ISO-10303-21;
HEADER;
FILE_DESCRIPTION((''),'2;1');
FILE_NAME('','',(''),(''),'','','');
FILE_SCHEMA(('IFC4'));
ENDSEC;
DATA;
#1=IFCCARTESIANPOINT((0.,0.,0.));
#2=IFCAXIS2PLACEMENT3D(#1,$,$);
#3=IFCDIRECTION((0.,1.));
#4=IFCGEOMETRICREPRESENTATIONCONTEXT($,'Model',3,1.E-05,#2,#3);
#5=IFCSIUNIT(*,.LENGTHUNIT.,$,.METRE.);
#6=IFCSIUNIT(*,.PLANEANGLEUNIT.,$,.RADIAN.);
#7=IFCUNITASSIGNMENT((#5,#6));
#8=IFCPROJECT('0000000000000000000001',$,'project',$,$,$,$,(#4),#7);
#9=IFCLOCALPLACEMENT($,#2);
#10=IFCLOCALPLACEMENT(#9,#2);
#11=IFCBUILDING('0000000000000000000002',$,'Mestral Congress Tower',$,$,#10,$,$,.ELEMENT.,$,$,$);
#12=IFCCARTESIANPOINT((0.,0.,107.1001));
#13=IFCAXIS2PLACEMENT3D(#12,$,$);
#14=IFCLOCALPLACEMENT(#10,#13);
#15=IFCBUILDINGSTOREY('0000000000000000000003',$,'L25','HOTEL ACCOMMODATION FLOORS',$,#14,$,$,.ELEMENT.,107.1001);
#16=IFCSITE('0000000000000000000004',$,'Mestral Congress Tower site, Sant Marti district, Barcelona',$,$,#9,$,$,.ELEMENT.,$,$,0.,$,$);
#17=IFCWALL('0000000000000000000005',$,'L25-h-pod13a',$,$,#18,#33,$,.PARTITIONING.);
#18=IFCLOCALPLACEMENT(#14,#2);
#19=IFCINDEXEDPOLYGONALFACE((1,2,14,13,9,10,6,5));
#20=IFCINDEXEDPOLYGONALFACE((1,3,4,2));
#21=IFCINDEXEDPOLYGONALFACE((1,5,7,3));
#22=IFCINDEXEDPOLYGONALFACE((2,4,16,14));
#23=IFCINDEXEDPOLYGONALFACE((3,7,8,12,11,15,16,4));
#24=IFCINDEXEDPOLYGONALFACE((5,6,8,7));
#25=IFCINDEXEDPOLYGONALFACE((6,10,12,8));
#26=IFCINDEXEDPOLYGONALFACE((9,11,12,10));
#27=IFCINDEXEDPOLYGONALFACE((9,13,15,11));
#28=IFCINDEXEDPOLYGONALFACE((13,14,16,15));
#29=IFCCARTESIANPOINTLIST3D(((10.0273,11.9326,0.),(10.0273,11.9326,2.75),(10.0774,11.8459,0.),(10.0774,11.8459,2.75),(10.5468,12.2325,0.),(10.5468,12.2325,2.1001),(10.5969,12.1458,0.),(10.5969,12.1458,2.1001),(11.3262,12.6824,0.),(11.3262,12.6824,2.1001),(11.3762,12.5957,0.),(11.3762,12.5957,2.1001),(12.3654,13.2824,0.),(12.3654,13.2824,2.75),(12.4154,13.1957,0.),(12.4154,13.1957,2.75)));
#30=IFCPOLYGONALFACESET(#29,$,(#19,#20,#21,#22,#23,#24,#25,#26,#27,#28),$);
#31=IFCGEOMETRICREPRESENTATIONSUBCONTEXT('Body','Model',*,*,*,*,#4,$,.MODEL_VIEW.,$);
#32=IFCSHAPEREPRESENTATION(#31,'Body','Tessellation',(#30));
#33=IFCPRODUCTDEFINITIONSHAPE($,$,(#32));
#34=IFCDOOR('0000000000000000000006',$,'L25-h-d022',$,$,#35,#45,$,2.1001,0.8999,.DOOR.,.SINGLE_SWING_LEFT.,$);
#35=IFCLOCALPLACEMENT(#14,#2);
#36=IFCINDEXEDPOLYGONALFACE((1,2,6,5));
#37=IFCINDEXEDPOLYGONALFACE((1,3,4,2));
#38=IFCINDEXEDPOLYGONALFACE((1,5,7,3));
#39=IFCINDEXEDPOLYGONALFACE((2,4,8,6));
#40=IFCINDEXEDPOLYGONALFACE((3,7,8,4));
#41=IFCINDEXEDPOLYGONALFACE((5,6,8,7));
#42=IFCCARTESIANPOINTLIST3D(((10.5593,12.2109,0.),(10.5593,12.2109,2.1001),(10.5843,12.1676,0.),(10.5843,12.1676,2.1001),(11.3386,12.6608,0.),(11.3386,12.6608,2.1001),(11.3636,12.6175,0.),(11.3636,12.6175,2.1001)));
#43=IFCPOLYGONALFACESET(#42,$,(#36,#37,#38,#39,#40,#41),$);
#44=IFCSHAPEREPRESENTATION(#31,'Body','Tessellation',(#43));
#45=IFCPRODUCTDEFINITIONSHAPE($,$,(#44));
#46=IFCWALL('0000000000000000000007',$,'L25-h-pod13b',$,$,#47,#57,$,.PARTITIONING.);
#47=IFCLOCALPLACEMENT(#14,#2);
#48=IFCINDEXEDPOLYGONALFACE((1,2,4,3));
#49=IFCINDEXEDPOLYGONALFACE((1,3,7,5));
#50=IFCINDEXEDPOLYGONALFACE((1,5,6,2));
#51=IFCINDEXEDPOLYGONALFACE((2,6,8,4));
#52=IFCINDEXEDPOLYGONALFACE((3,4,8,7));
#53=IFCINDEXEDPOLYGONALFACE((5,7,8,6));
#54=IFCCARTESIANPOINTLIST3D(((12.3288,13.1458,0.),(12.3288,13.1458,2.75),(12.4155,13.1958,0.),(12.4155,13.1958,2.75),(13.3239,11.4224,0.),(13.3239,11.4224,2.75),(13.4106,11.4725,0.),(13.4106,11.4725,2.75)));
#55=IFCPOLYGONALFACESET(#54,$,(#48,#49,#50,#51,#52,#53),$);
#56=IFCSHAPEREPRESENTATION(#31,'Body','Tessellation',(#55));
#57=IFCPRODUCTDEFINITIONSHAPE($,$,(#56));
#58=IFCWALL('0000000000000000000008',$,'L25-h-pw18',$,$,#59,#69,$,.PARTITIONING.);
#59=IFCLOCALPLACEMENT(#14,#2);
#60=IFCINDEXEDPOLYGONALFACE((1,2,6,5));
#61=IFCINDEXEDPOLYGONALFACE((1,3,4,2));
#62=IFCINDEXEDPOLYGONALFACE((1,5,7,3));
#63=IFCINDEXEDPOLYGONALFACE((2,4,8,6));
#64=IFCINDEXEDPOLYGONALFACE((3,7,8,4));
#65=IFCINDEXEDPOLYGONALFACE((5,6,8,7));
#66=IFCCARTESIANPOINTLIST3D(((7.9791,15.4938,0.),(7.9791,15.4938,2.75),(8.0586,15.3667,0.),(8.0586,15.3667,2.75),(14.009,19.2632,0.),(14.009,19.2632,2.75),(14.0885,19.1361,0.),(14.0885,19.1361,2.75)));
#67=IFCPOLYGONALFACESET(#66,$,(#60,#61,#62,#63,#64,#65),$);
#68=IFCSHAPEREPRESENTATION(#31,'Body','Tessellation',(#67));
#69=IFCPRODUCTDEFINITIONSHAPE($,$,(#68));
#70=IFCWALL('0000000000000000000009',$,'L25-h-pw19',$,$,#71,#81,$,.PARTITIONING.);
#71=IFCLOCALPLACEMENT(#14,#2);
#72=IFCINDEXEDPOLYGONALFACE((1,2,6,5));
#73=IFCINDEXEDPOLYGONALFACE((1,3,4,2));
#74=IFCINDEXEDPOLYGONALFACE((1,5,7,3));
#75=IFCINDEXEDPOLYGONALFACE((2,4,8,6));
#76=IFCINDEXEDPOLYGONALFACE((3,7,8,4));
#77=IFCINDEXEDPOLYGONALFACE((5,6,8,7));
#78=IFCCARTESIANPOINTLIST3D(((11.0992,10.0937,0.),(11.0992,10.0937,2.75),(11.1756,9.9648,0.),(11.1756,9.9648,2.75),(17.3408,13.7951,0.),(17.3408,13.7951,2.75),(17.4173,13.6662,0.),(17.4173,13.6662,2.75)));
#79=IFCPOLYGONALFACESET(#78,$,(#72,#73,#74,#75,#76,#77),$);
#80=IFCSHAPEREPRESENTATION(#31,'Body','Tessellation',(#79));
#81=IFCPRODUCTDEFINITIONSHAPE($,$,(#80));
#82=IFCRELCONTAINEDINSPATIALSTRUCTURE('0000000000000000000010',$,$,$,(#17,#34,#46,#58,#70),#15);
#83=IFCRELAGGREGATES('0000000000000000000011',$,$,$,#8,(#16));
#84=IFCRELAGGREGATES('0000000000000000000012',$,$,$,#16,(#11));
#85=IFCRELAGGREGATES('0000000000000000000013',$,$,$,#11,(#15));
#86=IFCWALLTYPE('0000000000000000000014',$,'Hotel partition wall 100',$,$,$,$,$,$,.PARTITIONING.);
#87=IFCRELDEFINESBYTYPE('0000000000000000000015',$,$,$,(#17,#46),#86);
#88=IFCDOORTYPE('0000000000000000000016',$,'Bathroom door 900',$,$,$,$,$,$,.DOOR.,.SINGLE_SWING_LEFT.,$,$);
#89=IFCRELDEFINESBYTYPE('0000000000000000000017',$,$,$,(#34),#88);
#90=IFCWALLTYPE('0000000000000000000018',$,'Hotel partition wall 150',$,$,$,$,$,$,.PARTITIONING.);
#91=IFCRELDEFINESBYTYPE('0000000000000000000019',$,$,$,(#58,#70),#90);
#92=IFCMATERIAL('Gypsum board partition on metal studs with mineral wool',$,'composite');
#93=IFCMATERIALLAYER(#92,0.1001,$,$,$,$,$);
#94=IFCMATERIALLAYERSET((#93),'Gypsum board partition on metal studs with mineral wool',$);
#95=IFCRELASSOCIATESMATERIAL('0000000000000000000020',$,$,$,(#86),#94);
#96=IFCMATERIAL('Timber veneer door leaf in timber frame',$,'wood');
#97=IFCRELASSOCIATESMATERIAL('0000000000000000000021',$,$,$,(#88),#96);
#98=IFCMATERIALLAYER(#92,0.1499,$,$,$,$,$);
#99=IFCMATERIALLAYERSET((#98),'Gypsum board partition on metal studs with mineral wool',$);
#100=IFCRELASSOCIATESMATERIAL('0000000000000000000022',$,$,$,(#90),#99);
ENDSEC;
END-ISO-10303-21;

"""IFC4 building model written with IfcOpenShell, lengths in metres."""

from ifc_helpers import new_model, si_unit, direction, frame, frame_2d, origin, place, context, subcontext, project, spatial, rectangle, extrude, material, layer, layer_set, type_object, element, fill, save


model = new_model("IFC4")

# Units and contexts
model_context = context("Model", 3, precision=1e-05, world=origin(), true_north=direction((0.0, 1.0)))
body_context = subcontext(model_context, "Body", "Model", "MODEL_VIEW")
ifc_project = project(units=[si_unit("LENGTHUNIT", "METRE"), si_unit("PLANEANGLEUNIT", "RADIAN")], contexts=[model_context])

# Site, building, storey
site_placement = place(None, origin())
site = spatial("IfcSite", under=ifc_project, at=site_placement, Name="Mestral Congress Tower site, Sant Marti district, Barcelona", CompositionType="ELEMENT", RefElevation=0.0)
building_placement = place(site_placement, origin())
building = spatial("IfcBuilding", under=site, at=building_placement, Name="Mestral Congress Tower", CompositionType="ELEMENT")
storey_placement = place(building_placement, frame((0.0, 0.0, 107.1001)))
storey = spatial("IfcBuildingStorey", under=building, at=storey_placement, Name="L25", Description="HOTEL ACCOMMODATION FLOORS", CompositionType="ELEMENT", Elevation=107.1001)

# Wall, opening, door
ifc_material_1 = material(Name="Gypsum board partition on metal studs with mineral wool", Category="composite")
ifc_layer_1 = layer(ifc_material_1, 0.1001)
ifc_layer_set_1 = layer_set([ifc_layer_1], Name="Gypsum board partition on metal studs with mineral wool")
wall_type_1 = type_object("IfcWallType", Name="Hotel partition wall 100", PredefinedType="PARTITIONING", material=ifc_layer_set_1)
wall_1_placement = place(storey_placement, frame((12.3904, 13.239, 0.0), z_axis=(0.0, 0.0, 1.0), x_axis=(-0.866037, -0.499981, 0.0)))
wall_1 = element("IfcWall", 1, at=wall_1_placement, inside=storey, type_object=wall_type_1, Name="L25-h-pod13a", PredefinedType="PARTITIONING", context=body_context, shape_type="SweptSolid", body=[
    extrude(rectangle(XDim=2.6997, YDim=0.1001, at=frame_2d((1.3499, 0.0))), origin(), (0.0, 0.0, 1.0), 2.75),
])
opening_1_placement = place(wall_1_placement, frame((1.2, 0.0, 0.0)))
opening_1 = element("IfcOpeningElement", 2, at=opening_1_placement, cuts=wall_1, PredefinedType="OPENING", context=body_context, shape_type="SweptSolid", body=[
    extrude(rectangle(XDim=0.8999, YDim=2.1001, at=frame_2d((0.45, 1.05))), frame((0.0, 0.0601, 0.0), z_axis=(0.0, -1.0, 0.0), x_axis=(1.0, 0.0, 0.0)), (0.0, 0.0, 1.0), 0.1201),
])
ifc_material_2 = material(Name="Timber veneer door leaf in timber frame", Category="wood")
door_type = type_object("IfcDoorType", Name="Bathroom door 900", OperationType="SINGLE_SWING_LEFT", PredefinedType="DOOR", material=ifc_material_2)
door_placement = place(opening_1_placement, origin())
door = element("IfcDoor", 3, at=door_placement, inside=storey, type_object=door_type, Name="L25-h-d022", OperationType="SINGLE_SWING_LEFT", OverallHeight=2.1001, OverallWidth=0.8999, PredefinedType="DOOR", context=body_context, shape_type="SweptSolid", body=[
    extrude(rectangle(XDim=0.8999, YDim=2.1001, at=frame_2d((0.45, 1.05))), frame((0.0, 0.0249, 0.0), z_axis=(0.0, -1.0, 0.0), x_axis=(1.0, 0.0, 0.0)), (0.0, 0.0, 1.0), 0.05),
])
fill(opening_1, door)

# Walls
wall_2_placement = place(storey_placement, frame((12.3721, 13.1709, 0.0), z_axis=(0.0, 0.0, 1.0), x_axis=(0.500045, -0.866, 0.0)))
element("IfcWall", 4, at=wall_2_placement, inside=storey, type_object=wall_type_1, Name="L25-h-pod13b", PredefinedType="PARTITIONING", context=body_context, shape_type="SweptSolid", body=[
    extrude(rectangle(XDim=1.99, YDim=0.1001, at=frame_2d((0.9951, 0.0))), origin(), (0.0, 0.0, 1.0), 2.75),
])
ifc_layer_2 = layer(ifc_material_1, 0.1499)
ifc_layer_set_2 = layer_set([ifc_layer_2], Name="Gypsum board partition on metal studs with mineral wool")
wall_type_2 = type_object("IfcWallType", Name="Hotel partition wall 150", PredefinedType="PARTITIONING", material=ifc_layer_set_2)
wall_3_placement = place(storey_placement, frame((14.0488, 19.1997, 0.0), z_axis=(0.0, 0.0, 1.0), x_axis=(-0.847956, -0.530067, 0.0)))
element("IfcWall", 5, at=wall_3_placement, inside=storey, type_object=wall_type_2, Name="L25-h-pw18", PredefinedType="PARTITIONING", context=body_context, shape_type="SweptSolid", body=[
    extrude(rectangle(XDim=7.1111, YDim=0.1499, at=frame_2d((3.5557, 0.0))), origin(), (0.0, 0.0, 1.0), 2.75),
])
wall_4_placement = place(storey_placement, frame((17.3792, 13.7307, 0.0), z_axis=(0.0, 0.0, 1.0), x_axis=(-0.860132, -0.510071, 0.0)))
element("IfcWall", 6, at=wall_4_placement, inside=storey, type_object=wall_type_2, Name="L25-h-pw19", PredefinedType="PARTITIONING", context=body_context, shape_type="SweptSolid", body=[
    extrude(rectangle(XDim=7.2566, YDim=0.1499, at=frame_2d((3.6284, 0.0))), origin(), (0.0, 0.0, 1.0), 2.75),
])

save(model, "model.ifc")
